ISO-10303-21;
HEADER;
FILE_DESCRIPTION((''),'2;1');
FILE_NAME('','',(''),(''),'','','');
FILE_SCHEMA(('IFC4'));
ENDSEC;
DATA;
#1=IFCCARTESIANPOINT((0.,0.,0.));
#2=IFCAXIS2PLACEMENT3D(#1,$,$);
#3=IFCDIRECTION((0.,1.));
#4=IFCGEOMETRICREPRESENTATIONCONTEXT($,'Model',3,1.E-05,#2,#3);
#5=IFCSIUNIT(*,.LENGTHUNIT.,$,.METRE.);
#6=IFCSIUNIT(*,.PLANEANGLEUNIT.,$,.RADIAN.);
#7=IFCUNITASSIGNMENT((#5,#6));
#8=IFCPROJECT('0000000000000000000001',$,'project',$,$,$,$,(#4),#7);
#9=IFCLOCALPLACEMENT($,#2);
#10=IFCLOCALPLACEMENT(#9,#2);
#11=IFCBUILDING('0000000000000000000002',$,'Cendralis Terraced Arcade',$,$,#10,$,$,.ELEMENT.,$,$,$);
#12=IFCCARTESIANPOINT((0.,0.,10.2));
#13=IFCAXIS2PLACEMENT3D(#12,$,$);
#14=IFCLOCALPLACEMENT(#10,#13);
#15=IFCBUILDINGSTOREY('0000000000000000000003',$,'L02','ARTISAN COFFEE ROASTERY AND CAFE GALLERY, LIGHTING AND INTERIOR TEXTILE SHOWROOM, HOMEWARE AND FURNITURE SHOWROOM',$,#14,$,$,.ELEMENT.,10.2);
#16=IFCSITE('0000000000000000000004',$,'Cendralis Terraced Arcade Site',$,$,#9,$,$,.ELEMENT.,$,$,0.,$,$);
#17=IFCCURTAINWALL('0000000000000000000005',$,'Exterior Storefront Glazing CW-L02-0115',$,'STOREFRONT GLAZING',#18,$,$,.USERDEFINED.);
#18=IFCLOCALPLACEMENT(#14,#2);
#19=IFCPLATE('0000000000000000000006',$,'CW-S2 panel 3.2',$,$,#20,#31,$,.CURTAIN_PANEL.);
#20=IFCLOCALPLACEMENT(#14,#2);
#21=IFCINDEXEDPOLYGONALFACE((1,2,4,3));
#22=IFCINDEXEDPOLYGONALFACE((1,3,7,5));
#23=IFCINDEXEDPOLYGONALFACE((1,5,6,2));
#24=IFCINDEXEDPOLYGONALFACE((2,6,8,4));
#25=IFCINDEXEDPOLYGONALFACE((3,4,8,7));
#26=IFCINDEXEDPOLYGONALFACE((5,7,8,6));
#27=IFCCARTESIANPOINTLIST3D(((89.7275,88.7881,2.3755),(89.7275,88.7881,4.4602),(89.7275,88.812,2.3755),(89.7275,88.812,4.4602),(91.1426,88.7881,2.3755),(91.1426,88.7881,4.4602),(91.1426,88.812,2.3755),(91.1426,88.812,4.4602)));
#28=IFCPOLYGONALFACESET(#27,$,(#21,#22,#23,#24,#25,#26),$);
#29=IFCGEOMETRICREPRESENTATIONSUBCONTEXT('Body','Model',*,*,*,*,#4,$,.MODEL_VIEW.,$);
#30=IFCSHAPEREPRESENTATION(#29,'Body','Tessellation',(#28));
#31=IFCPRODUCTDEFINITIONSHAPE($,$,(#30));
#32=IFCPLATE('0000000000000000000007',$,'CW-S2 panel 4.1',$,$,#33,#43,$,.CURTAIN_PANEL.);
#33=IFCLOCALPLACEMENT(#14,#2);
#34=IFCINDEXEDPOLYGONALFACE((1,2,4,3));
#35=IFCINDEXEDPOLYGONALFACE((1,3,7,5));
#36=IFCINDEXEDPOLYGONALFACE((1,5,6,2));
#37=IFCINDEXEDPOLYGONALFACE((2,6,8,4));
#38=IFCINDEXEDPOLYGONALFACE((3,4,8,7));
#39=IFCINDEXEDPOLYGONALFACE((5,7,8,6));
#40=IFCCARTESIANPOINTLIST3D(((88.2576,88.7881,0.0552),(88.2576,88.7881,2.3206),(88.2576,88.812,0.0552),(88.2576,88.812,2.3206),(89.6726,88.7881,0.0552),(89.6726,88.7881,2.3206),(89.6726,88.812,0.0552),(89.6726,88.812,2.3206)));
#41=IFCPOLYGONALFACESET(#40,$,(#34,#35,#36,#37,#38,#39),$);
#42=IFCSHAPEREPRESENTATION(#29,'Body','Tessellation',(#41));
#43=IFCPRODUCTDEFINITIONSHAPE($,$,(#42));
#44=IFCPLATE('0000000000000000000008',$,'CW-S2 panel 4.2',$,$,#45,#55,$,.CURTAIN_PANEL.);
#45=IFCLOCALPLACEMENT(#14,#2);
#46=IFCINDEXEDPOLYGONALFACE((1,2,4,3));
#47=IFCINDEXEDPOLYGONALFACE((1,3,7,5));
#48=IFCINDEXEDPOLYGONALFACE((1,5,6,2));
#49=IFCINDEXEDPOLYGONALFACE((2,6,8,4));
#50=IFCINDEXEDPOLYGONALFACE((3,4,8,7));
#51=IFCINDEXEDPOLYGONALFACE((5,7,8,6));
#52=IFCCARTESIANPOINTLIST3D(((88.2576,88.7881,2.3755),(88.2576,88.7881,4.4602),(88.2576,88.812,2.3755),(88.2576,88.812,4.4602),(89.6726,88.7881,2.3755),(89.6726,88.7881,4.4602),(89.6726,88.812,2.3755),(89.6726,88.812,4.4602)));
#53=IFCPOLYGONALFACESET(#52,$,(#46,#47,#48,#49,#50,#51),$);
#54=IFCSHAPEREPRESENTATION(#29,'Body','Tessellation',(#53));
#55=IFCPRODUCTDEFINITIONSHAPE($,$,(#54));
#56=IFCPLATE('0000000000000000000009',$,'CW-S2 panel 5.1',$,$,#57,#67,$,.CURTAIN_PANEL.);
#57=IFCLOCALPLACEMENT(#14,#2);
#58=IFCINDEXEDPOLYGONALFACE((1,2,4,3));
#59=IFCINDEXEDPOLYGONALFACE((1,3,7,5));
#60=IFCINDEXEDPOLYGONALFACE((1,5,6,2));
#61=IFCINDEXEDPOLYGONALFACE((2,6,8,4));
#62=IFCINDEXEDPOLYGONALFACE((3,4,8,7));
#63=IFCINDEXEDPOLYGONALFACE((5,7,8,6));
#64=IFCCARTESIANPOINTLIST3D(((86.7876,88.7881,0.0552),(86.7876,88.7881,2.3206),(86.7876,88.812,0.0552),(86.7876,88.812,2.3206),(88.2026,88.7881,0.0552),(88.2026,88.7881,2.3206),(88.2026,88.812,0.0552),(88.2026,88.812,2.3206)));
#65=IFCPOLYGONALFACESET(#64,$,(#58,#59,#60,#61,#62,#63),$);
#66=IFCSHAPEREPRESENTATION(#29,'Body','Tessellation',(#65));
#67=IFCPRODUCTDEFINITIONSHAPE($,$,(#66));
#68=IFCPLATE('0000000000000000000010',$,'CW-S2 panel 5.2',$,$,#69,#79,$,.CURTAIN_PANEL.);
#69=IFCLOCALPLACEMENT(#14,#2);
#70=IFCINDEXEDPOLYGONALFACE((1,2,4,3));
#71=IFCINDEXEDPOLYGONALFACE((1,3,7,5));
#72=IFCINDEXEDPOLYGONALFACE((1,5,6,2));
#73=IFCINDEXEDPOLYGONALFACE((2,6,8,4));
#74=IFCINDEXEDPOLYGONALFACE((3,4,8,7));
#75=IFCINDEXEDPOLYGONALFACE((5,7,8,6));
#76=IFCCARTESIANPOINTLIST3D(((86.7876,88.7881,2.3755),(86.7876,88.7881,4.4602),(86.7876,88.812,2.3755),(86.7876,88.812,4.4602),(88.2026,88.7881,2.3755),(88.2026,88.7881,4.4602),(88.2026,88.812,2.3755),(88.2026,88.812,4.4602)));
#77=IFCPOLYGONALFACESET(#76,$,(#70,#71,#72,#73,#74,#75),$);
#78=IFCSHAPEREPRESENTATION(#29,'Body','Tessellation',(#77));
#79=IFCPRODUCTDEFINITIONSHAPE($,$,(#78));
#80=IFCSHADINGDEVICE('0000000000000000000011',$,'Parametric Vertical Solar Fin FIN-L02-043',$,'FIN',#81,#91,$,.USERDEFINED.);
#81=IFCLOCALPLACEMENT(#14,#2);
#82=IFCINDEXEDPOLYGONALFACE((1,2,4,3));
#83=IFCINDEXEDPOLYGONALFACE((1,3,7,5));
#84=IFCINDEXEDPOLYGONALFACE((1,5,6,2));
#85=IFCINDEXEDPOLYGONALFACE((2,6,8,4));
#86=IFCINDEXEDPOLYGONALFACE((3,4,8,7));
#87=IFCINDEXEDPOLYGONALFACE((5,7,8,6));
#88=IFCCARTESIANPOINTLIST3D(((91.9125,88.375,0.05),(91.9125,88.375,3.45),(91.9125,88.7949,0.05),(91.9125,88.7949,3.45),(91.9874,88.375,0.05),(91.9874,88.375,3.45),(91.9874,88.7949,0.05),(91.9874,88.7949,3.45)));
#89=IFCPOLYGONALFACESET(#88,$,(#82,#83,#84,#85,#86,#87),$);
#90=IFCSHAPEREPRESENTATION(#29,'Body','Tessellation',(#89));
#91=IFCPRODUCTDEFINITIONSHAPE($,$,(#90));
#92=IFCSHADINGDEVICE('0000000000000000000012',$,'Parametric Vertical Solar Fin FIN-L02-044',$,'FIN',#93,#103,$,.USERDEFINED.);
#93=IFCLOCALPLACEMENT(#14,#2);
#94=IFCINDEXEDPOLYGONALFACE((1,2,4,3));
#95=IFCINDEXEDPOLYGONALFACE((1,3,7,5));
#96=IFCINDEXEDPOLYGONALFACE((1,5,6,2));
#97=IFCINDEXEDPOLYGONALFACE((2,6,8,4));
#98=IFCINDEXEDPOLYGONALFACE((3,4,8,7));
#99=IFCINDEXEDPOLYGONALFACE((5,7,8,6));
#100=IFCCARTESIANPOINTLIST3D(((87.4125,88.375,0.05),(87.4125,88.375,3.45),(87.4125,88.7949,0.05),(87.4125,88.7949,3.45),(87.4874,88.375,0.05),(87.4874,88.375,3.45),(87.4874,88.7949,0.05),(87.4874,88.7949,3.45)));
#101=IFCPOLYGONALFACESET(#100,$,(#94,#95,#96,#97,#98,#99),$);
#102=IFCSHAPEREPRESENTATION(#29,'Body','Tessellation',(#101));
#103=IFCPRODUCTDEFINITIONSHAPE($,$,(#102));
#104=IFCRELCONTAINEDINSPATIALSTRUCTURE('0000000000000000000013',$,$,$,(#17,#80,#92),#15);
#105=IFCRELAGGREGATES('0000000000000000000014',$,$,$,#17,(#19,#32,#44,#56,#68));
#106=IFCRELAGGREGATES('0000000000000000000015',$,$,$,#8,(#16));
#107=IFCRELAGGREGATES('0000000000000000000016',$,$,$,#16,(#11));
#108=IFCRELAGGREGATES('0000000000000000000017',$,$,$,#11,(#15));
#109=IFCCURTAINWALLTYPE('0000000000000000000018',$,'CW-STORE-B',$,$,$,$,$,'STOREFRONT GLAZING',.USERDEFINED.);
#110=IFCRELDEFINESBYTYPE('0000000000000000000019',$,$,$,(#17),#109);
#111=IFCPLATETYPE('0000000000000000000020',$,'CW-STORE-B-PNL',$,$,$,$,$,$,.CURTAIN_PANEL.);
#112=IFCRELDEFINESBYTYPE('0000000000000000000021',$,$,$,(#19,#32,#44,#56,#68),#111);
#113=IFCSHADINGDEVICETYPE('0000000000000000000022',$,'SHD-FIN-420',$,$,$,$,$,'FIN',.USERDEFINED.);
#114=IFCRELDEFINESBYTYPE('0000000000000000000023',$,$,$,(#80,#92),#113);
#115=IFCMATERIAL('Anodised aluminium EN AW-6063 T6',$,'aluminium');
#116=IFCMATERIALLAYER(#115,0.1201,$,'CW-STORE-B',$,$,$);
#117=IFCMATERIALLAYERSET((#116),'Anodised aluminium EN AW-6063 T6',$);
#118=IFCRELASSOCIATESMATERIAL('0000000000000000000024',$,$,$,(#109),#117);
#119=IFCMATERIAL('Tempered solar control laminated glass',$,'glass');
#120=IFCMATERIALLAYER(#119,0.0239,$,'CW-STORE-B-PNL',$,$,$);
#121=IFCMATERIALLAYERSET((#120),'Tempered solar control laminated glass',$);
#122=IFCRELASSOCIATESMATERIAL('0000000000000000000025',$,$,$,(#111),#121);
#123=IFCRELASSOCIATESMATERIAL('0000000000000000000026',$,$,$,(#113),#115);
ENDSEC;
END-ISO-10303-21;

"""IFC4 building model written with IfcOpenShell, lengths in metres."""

from ifc_helpers import new_model, si_unit, direction, frame, origin, origin_2d, place, context, subcontext, project, spatial, rectangle, extrude, material, layer, layer_set, type_object, element, aggregate, save


model = new_model("IFC4")

# Units and contexts
model_context = context("Model", 3, precision=1e-05, world=origin(), true_north=direction((0.0, 1.0)))
body_context = subcontext(model_context, "Body", "Model", "MODEL_VIEW")
ifc_project = project(units=[si_unit("LENGTHUNIT", "METRE"), si_unit("PLANEANGLEUNIT", "RADIAN")], contexts=[model_context])

# Site, building, storey
site_placement = place(None, origin())
site = spatial("IfcSite", under=ifc_project, at=site_placement, Name="Cendralis Terraced Arcade Site", CompositionType="ELEMENT", RefElevation=0.0)
building_placement = place(site_placement, origin())
building = spatial("IfcBuilding", under=site, at=building_placement, Name="Cendralis Terraced Arcade", CompositionType="ELEMENT")
storey_placement = place(building_placement, frame((0.0, 0.0, 10.2)))
storey = spatial("IfcBuildingStorey", under=building, at=storey_placement, Name="L02", Description="ARTISAN COFFEE ROASTERY AND CAFE GALLERY, LIGHTING AND INTERIOR TEXTILE SHOWROOM, HOMEWARE AND FURNITURE SHOWROOM", CompositionType="ELEMENT", Elevation=10.2)

# Curtain wall, plates
ifc_material_1 = material(Name="Anodised aluminium EN AW-6063 T6", Category="aluminium")
ifc_layer_1 = layer(ifc_material_1, 0.1201, Name="CW-STORE-B")
ifc_layer_set_1 = layer_set([ifc_layer_1], Name="Anodised aluminium EN AW-6063 T6")
curtain_wall_type = type_object("IfcCurtainWallType", Name="CW-STORE-B", ElementType="STOREFRONT GLAZING", PredefinedType="USERDEFINED", material=ifc_layer_set_1)
curtain_wall_placement = place(storey_placement, origin())
curtain_wall = element("IfcCurtainWall", 1, at=curtain_wall_placement, inside=storey, type_object=curtain_wall_type, Name="Exterior Storefront Glazing CW-L02-0115", ObjectType="STOREFRONT GLAZING", PredefinedType="USERDEFINED")
ifc_material_2 = material(Name="Tempered solar control laminated glass", Category="glass")
ifc_layer_2 = layer(ifc_material_2, 0.0239, Name="CW-STORE-B-PNL")
ifc_layer_set_2 = layer_set([ifc_layer_2], Name="Tempered solar control laminated glass")
plate_type = type_object("IfcPlateType", Name="CW-STORE-B-PNL", PredefinedType="CURTAIN_PANEL", material=ifc_layer_set_2)
plate_1_placement = place(storey_placement, frame((90.4351, 88.8, 2.3755), z_axis=(0.0, 0.0, 1.0), x_axis=(-1.0, 0.0, 0.0)))
plate_1 = element("IfcPlate", 2, at=plate_1_placement, type_object=plate_type, Name="CW-S2 panel 3.2", PredefinedType="CURTAIN_PANEL", context=body_context, shape_type="SweptSolid", body=[
    extrude(rectangle(XDim=1.415, YDim=0.0239, at=origin_2d()), origin(), (0.0, 0.0, 1.0), 2.0847),
])
plate_2_placement = place(storey_placement, frame((88.9651, 88.8, 0.0552), z_axis=(0.0, 0.0, 1.0), x_axis=(-1.0, 0.0, 0.0)))
plate_2 = element("IfcPlate", 3, at=plate_2_placement, type_object=plate_type, Name="CW-S2 panel 4.1", PredefinedType="CURTAIN_PANEL", context=body_context, shape_type="SweptSolid", body=[
    extrude(rectangle(XDim=1.415, YDim=0.0239, at=origin_2d()), origin(), (0.0, 0.0, 1.0), 2.2654),
])
plate_3_placement = place(storey_placement, frame((88.9651, 88.8, 2.3755), z_axis=(0.0, 0.0, 1.0), x_axis=(-1.0, 0.0, 0.0)))
plate_3 = element("IfcPlate", 4, at=plate_3_placement, type_object=plate_type, Name="CW-S2 panel 4.2", PredefinedType="CURTAIN_PANEL", context=body_context, shape_type="SweptSolid", body=[
    extrude(rectangle(XDim=1.415, YDim=0.0239, at=origin_2d()), origin(), (0.0, 0.0, 1.0), 2.0847),
])
plate_4_placement = place(storey_placement, frame((87.4951, 88.8, 0.0552), z_axis=(0.0, 0.0, 1.0), x_axis=(-1.0, 0.0, 0.0)))
plate_4 = element("IfcPlate", 5, at=plate_4_placement, type_object=plate_type, Name="CW-S2 panel 5.1", PredefinedType="CURTAIN_PANEL", context=body_context, shape_type="SweptSolid", body=[
    extrude(rectangle(XDim=1.415, YDim=0.0239, at=origin_2d()), origin(), (0.0, 0.0, 1.0), 2.2654),
])
plate_5_placement = place(storey_placement, frame((87.4951, 88.8, 2.3755), z_axis=(0.0, 0.0, 1.0), x_axis=(-1.0, 0.0, 0.0)))
plate_5 = element("IfcPlate", 6, at=plate_5_placement, type_object=plate_type, Name="CW-S2 panel 5.2", PredefinedType="CURTAIN_PANEL", context=body_context, shape_type="SweptSolid", body=[
    extrude(rectangle(XDim=1.415, YDim=0.0239, at=origin_2d()), origin(), (0.0, 0.0, 1.0), 2.0847),
])
aggregate(curtain_wall, [plate_1, plate_2, plate_3, plate_4, plate_5])

# Shading devices
shading_device_type = type_object("IfcShadingDeviceType", Name="SHD-FIN-420", ElementType="FIN", PredefinedType="USERDEFINED", material=ifc_material_1)
for number, where, z_axis, x_axis, name in (
    (7, (91.95, 88.585, 0.05), (0.0, 0.0, 1.0), (-1.0, 0.0, 0.0), "Parametric Vertical Solar Fin FIN-L02-043"),
    (8, (87.45, 88.585, 0.05), (0.0, 0.0, 1.0), (-1.0, 0.0, 0.0), "Parametric Vertical Solar Fin FIN-L02-044"),
):
    element("IfcShadingDevice", number, at=place(storey_placement, frame(where, z_axis=z_axis, x_axis=x_axis)), inside=storey, type_object=shading_device_type, Name=name, ObjectType="FIN", PredefinedType="USERDEFINED", context=body_context, shape_type="SweptSolid", body=[
        extrude(rectangle(XDim=0.075, YDim=0.4199, at=origin_2d()), origin(), (0.0, 0.0, 1.0), 3.3999),
    ])

save(model, "model.ifc")
